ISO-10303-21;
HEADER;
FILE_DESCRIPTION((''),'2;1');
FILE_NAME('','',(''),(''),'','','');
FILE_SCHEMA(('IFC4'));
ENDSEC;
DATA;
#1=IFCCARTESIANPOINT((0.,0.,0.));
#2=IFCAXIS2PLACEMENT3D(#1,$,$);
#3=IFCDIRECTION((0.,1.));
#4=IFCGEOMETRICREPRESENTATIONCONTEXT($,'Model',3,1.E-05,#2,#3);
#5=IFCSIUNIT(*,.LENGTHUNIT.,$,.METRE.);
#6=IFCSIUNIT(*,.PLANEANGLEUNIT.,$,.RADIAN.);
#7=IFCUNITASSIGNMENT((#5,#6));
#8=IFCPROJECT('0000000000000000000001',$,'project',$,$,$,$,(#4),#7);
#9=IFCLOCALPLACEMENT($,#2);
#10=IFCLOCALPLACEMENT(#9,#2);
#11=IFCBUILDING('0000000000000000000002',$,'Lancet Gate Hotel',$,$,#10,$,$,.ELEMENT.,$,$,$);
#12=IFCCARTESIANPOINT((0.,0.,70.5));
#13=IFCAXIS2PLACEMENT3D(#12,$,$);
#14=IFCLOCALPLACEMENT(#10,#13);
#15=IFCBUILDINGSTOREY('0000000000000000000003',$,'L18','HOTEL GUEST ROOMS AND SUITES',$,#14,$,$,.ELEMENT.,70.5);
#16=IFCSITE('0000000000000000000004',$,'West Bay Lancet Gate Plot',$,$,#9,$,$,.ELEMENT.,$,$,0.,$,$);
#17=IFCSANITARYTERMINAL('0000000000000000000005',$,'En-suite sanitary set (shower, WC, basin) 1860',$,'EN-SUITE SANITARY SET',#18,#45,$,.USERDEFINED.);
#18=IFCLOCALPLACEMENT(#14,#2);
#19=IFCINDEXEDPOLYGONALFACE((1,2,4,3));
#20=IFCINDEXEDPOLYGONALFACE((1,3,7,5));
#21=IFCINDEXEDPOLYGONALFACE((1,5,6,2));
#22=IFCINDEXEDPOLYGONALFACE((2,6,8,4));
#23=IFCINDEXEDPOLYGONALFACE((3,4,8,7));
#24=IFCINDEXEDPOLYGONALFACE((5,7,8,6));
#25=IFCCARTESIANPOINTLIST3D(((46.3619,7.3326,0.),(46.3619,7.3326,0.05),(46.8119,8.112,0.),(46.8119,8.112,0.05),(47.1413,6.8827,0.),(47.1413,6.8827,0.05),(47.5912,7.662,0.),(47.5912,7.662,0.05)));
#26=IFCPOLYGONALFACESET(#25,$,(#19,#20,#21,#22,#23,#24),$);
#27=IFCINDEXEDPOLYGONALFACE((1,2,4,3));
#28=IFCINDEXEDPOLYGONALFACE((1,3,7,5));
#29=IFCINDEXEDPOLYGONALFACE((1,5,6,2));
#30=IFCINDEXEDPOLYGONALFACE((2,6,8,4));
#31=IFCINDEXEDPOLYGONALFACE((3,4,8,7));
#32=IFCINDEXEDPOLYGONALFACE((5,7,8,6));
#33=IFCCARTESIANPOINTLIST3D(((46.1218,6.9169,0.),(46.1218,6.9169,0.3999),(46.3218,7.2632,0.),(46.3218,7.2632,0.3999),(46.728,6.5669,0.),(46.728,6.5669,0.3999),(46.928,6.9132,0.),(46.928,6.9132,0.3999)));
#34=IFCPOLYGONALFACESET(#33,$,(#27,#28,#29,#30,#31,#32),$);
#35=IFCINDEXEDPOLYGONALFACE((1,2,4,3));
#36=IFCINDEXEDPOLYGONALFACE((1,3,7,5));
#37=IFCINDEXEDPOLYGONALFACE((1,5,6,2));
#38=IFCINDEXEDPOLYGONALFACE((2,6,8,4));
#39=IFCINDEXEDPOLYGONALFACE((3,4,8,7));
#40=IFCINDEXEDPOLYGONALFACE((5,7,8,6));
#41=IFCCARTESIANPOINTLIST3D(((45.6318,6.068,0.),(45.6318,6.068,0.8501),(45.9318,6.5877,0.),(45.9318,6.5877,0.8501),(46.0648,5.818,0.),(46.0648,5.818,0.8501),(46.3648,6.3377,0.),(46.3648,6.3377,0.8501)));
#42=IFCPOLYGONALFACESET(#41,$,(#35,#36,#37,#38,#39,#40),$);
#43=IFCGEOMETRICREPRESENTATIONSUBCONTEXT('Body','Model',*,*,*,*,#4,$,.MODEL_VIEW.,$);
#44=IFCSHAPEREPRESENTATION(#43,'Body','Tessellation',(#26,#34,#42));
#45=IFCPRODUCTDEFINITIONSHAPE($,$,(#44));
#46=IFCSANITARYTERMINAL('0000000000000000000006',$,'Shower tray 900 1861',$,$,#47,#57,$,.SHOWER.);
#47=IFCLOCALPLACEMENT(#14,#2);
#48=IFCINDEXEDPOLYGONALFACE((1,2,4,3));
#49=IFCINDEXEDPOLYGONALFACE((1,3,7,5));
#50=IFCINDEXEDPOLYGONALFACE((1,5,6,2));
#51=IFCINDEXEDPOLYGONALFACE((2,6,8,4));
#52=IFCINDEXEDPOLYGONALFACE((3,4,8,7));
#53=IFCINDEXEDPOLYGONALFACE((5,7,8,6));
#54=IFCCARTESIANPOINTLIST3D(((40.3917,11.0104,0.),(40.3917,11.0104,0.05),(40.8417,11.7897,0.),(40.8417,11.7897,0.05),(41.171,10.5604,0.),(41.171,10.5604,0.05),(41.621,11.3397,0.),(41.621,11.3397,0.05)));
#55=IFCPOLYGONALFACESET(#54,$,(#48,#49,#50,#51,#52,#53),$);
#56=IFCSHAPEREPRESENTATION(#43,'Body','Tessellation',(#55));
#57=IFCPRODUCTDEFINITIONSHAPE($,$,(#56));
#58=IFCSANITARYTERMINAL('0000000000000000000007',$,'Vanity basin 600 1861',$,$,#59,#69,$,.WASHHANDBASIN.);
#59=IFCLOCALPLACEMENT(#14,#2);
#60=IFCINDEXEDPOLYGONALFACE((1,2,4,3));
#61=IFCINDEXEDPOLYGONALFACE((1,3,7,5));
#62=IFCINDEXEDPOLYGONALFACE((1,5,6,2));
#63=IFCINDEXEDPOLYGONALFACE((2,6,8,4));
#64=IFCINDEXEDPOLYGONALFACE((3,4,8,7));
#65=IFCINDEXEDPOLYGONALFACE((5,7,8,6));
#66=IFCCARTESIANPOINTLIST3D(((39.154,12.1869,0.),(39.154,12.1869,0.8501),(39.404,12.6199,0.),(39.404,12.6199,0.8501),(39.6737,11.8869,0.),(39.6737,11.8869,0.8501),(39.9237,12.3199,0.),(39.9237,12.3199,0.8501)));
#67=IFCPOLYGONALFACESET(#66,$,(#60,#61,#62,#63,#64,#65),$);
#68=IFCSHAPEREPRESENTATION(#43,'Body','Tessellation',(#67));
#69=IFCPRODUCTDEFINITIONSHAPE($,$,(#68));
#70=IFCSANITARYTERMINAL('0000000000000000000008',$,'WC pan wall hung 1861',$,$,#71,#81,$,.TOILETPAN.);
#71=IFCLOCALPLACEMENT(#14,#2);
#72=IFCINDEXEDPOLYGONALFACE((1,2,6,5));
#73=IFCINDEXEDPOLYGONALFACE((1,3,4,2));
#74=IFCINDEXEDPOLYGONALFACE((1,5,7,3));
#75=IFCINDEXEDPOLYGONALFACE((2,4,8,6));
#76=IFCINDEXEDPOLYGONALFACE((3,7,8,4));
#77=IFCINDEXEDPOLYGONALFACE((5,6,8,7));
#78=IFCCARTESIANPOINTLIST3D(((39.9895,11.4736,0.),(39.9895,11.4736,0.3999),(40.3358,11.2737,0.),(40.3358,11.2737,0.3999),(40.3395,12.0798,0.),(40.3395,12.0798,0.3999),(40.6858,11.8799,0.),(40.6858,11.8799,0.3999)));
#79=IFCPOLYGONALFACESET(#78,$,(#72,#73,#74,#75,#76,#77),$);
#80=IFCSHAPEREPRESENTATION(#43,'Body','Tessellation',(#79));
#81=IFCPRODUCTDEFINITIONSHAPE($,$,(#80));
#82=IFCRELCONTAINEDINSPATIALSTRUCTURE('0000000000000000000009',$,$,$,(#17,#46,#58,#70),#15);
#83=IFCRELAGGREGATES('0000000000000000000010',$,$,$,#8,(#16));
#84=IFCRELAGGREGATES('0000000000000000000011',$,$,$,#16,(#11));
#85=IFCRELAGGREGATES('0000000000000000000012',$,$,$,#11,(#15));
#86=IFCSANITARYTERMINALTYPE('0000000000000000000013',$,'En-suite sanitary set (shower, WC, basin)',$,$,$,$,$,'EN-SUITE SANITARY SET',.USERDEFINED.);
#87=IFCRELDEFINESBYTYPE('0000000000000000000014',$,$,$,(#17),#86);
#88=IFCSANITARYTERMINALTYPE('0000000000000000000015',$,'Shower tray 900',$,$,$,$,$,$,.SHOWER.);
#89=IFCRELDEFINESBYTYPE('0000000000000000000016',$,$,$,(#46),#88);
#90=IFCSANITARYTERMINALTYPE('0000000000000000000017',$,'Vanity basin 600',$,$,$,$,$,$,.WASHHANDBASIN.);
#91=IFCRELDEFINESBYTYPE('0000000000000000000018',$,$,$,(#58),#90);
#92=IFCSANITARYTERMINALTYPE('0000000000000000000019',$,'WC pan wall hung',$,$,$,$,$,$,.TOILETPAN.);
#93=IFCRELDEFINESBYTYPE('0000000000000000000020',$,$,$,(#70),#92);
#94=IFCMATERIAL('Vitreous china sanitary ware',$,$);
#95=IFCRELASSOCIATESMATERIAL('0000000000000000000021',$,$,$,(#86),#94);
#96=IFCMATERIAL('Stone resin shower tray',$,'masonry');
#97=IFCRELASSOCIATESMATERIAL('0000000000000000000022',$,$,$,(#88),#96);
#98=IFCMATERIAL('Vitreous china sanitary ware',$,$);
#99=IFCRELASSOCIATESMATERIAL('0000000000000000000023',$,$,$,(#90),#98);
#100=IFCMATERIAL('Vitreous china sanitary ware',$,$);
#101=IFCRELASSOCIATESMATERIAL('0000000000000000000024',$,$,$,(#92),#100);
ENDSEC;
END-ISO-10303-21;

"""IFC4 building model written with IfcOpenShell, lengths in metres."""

from ifc_helpers import new_model, si_unit, direction, frame, origin, origin_2d, place, context, subcontext, project, spatial, rectangle, extrude, material, type_object, element, save


model = new_model("IFC4")

# Units and contexts
model_context = context("Model", 3, precision=1e-05, world=origin(), true_north=direction((0.0, 1.0)))
body_context = subcontext(model_context, "Body", "Model", "MODEL_VIEW")
ifc_project = project(units=[si_unit("LENGTHUNIT", "METRE"), si_unit("PLANEANGLEUNIT", "RADIAN")], contexts=[model_context])

# Site, building, storey
site_placement = place(None, origin())
site = spatial("IfcSite", under=ifc_project, at=site_placement, Name="West Bay Lancet Gate Plot", CompositionType="ELEMENT", RefElevation=0.0)
building_placement = place(site_placement, origin())
building = spatial("IfcBuilding", under=site, at=building_placement, Name="Lancet Gate Hotel", CompositionType="ELEMENT")
storey_placement = place(building_placement, frame((0.0, 0.0, 70.5)))
storey = spatial("IfcBuildingStorey", under=building, at=storey_placement, Name="L18", Description="HOTEL GUEST ROOMS AND SUITES", CompositionType="ELEMENT", Elevation=70.5)

# Sanitary terminals
ifc_material_1 = material(Name="Vitreous china sanitary ware")
sanitary_terminal_type_1 = type_object("IfcSanitaryTerminalType", Name="En-suite sanitary set (shower, WC, basin)", ElementType="EN-SUITE SANITARY SET", PredefinedType="USERDEFINED", material=ifc_material_1)
sanitary_terminal_1_placement = place(storey_placement, frame((46.9766, 7.4973, 0.0), z_axis=(0.0, 0.0, 1.0), x_axis=(1.0, 0.0, 0.0)))
element("IfcSanitaryTerminal", 1, at=sanitary_terminal_1_placement, inside=storey, type_object=sanitary_terminal_type_1, Name="En-suite sanitary set (shower, WC, basin) 1860", ObjectType="EN-SUITE SANITARY SET", PredefinedType="USERDEFINED", context=body_context, shape_type="SweptSolid", body=[
    extrude(rectangle(XDim=0.8999, YDim=0.8999, at=origin_2d()), frame((0.0, 0.0, 0.0), z_axis=(0.0, 0.0, 1.0), x_axis=(0.5, 0.866025, 0.0)), (0.0, 0.0, 1.0), 0.05),
    extrude(rectangle(XDim=0.3999, YDim=0.7, at=origin_2d()), frame((-0.4517, -0.5823, 0.0), z_axis=(0.0, 0.0, 1.0), x_axis=(0.5, 0.866025, 0.0)), (0.0, 0.0, 1.0), 0.3999),
    extrude(rectangle(XDim=0.6001, YDim=0.5, at=origin_2d()), frame((-0.9783, -1.2944, 0.0), z_axis=(0.0, 0.0, 1.0), x_axis=(0.5, 0.866025, 0.0)), (0.0, 0.0, 1.0), 0.8501),
])
ifc_material_2 = material(Name="Stone resin shower tray", Category="masonry")
sanitary_terminal_type_2 = type_object("IfcSanitaryTerminalType", Name="Shower tray 900", PredefinedType="SHOWER", material=ifc_material_2)
sanitary_terminal_2_placement = place(storey_placement, frame((41.0063, 11.175, 0.0), z_axis=(0.0, 0.0, 1.0), x_axis=(0.866025, -0.5, 0.0)))
element("IfcSanitaryTerminal", 2, at=sanitary_terminal_2_placement, inside=storey, type_object=sanitary_terminal_type_2, Name="Shower tray 900 1861", PredefinedType="SHOWER", context=body_context, shape_type="SweptSolid", body=[
    extrude(rectangle(XDim=0.8999, YDim=0.8999, at=origin_2d()), origin(), (0.0, 0.0, 1.0), 0.05),
])
ifc_material_3 = material(Name="Vitreous china sanitary ware")
sanitary_terminal_type_3 = type_object("IfcSanitaryTerminalType", Name="Vanity basin 600", PredefinedType="WASHHANDBASIN", material=ifc_material_3)
sanitary_terminal_3_placement = place(storey_placement, frame((39.5388, 12.2534, 0.0), z_axis=(0.0, 0.0, 1.0), x_axis=(0.866025, -0.5, 0.0)))
element("IfcSanitaryTerminal", 3, at=sanitary_terminal_3_placement, inside=storey, type_object=sanitary_terminal_type_3, Name="Vanity basin 600 1861", PredefinedType="WASHHANDBASIN", context=body_context, shape_type="SweptSolid", body=[
    extrude(rectangle(XDim=0.6001, YDim=0.5, at=origin_2d()), origin(), (0.0, 0.0, 1.0), 0.8501),
])
ifc_material_4 = material(Name="Vitreous china sanitary ware")
sanitary_terminal_type_4 = type_object("IfcSanitaryTerminalType", Name="WC pan wall hung", PredefinedType="TOILETPAN", material=ifc_material_4)
sanitary_terminal_4_placement = place(storey_placement, frame((40.3376, 11.6768, 0.0), z_axis=(0.0, 0.0, 1.0), x_axis=(0.866025, -0.5, 0.0)))
element("IfcSanitaryTerminal", 4, at=sanitary_terminal_4_placement, inside=storey, type_object=sanitary_terminal_type_4, Name="WC pan wall hung 1861", PredefinedType="TOILETPAN", context=body_context, shape_type="SweptSolid", body=[
    extrude(rectangle(XDim=0.3999, YDim=0.7, at=origin_2d()), origin(), (0.0, 0.0, 1.0), 0.3999),
])

save(model, "model.ifc")
